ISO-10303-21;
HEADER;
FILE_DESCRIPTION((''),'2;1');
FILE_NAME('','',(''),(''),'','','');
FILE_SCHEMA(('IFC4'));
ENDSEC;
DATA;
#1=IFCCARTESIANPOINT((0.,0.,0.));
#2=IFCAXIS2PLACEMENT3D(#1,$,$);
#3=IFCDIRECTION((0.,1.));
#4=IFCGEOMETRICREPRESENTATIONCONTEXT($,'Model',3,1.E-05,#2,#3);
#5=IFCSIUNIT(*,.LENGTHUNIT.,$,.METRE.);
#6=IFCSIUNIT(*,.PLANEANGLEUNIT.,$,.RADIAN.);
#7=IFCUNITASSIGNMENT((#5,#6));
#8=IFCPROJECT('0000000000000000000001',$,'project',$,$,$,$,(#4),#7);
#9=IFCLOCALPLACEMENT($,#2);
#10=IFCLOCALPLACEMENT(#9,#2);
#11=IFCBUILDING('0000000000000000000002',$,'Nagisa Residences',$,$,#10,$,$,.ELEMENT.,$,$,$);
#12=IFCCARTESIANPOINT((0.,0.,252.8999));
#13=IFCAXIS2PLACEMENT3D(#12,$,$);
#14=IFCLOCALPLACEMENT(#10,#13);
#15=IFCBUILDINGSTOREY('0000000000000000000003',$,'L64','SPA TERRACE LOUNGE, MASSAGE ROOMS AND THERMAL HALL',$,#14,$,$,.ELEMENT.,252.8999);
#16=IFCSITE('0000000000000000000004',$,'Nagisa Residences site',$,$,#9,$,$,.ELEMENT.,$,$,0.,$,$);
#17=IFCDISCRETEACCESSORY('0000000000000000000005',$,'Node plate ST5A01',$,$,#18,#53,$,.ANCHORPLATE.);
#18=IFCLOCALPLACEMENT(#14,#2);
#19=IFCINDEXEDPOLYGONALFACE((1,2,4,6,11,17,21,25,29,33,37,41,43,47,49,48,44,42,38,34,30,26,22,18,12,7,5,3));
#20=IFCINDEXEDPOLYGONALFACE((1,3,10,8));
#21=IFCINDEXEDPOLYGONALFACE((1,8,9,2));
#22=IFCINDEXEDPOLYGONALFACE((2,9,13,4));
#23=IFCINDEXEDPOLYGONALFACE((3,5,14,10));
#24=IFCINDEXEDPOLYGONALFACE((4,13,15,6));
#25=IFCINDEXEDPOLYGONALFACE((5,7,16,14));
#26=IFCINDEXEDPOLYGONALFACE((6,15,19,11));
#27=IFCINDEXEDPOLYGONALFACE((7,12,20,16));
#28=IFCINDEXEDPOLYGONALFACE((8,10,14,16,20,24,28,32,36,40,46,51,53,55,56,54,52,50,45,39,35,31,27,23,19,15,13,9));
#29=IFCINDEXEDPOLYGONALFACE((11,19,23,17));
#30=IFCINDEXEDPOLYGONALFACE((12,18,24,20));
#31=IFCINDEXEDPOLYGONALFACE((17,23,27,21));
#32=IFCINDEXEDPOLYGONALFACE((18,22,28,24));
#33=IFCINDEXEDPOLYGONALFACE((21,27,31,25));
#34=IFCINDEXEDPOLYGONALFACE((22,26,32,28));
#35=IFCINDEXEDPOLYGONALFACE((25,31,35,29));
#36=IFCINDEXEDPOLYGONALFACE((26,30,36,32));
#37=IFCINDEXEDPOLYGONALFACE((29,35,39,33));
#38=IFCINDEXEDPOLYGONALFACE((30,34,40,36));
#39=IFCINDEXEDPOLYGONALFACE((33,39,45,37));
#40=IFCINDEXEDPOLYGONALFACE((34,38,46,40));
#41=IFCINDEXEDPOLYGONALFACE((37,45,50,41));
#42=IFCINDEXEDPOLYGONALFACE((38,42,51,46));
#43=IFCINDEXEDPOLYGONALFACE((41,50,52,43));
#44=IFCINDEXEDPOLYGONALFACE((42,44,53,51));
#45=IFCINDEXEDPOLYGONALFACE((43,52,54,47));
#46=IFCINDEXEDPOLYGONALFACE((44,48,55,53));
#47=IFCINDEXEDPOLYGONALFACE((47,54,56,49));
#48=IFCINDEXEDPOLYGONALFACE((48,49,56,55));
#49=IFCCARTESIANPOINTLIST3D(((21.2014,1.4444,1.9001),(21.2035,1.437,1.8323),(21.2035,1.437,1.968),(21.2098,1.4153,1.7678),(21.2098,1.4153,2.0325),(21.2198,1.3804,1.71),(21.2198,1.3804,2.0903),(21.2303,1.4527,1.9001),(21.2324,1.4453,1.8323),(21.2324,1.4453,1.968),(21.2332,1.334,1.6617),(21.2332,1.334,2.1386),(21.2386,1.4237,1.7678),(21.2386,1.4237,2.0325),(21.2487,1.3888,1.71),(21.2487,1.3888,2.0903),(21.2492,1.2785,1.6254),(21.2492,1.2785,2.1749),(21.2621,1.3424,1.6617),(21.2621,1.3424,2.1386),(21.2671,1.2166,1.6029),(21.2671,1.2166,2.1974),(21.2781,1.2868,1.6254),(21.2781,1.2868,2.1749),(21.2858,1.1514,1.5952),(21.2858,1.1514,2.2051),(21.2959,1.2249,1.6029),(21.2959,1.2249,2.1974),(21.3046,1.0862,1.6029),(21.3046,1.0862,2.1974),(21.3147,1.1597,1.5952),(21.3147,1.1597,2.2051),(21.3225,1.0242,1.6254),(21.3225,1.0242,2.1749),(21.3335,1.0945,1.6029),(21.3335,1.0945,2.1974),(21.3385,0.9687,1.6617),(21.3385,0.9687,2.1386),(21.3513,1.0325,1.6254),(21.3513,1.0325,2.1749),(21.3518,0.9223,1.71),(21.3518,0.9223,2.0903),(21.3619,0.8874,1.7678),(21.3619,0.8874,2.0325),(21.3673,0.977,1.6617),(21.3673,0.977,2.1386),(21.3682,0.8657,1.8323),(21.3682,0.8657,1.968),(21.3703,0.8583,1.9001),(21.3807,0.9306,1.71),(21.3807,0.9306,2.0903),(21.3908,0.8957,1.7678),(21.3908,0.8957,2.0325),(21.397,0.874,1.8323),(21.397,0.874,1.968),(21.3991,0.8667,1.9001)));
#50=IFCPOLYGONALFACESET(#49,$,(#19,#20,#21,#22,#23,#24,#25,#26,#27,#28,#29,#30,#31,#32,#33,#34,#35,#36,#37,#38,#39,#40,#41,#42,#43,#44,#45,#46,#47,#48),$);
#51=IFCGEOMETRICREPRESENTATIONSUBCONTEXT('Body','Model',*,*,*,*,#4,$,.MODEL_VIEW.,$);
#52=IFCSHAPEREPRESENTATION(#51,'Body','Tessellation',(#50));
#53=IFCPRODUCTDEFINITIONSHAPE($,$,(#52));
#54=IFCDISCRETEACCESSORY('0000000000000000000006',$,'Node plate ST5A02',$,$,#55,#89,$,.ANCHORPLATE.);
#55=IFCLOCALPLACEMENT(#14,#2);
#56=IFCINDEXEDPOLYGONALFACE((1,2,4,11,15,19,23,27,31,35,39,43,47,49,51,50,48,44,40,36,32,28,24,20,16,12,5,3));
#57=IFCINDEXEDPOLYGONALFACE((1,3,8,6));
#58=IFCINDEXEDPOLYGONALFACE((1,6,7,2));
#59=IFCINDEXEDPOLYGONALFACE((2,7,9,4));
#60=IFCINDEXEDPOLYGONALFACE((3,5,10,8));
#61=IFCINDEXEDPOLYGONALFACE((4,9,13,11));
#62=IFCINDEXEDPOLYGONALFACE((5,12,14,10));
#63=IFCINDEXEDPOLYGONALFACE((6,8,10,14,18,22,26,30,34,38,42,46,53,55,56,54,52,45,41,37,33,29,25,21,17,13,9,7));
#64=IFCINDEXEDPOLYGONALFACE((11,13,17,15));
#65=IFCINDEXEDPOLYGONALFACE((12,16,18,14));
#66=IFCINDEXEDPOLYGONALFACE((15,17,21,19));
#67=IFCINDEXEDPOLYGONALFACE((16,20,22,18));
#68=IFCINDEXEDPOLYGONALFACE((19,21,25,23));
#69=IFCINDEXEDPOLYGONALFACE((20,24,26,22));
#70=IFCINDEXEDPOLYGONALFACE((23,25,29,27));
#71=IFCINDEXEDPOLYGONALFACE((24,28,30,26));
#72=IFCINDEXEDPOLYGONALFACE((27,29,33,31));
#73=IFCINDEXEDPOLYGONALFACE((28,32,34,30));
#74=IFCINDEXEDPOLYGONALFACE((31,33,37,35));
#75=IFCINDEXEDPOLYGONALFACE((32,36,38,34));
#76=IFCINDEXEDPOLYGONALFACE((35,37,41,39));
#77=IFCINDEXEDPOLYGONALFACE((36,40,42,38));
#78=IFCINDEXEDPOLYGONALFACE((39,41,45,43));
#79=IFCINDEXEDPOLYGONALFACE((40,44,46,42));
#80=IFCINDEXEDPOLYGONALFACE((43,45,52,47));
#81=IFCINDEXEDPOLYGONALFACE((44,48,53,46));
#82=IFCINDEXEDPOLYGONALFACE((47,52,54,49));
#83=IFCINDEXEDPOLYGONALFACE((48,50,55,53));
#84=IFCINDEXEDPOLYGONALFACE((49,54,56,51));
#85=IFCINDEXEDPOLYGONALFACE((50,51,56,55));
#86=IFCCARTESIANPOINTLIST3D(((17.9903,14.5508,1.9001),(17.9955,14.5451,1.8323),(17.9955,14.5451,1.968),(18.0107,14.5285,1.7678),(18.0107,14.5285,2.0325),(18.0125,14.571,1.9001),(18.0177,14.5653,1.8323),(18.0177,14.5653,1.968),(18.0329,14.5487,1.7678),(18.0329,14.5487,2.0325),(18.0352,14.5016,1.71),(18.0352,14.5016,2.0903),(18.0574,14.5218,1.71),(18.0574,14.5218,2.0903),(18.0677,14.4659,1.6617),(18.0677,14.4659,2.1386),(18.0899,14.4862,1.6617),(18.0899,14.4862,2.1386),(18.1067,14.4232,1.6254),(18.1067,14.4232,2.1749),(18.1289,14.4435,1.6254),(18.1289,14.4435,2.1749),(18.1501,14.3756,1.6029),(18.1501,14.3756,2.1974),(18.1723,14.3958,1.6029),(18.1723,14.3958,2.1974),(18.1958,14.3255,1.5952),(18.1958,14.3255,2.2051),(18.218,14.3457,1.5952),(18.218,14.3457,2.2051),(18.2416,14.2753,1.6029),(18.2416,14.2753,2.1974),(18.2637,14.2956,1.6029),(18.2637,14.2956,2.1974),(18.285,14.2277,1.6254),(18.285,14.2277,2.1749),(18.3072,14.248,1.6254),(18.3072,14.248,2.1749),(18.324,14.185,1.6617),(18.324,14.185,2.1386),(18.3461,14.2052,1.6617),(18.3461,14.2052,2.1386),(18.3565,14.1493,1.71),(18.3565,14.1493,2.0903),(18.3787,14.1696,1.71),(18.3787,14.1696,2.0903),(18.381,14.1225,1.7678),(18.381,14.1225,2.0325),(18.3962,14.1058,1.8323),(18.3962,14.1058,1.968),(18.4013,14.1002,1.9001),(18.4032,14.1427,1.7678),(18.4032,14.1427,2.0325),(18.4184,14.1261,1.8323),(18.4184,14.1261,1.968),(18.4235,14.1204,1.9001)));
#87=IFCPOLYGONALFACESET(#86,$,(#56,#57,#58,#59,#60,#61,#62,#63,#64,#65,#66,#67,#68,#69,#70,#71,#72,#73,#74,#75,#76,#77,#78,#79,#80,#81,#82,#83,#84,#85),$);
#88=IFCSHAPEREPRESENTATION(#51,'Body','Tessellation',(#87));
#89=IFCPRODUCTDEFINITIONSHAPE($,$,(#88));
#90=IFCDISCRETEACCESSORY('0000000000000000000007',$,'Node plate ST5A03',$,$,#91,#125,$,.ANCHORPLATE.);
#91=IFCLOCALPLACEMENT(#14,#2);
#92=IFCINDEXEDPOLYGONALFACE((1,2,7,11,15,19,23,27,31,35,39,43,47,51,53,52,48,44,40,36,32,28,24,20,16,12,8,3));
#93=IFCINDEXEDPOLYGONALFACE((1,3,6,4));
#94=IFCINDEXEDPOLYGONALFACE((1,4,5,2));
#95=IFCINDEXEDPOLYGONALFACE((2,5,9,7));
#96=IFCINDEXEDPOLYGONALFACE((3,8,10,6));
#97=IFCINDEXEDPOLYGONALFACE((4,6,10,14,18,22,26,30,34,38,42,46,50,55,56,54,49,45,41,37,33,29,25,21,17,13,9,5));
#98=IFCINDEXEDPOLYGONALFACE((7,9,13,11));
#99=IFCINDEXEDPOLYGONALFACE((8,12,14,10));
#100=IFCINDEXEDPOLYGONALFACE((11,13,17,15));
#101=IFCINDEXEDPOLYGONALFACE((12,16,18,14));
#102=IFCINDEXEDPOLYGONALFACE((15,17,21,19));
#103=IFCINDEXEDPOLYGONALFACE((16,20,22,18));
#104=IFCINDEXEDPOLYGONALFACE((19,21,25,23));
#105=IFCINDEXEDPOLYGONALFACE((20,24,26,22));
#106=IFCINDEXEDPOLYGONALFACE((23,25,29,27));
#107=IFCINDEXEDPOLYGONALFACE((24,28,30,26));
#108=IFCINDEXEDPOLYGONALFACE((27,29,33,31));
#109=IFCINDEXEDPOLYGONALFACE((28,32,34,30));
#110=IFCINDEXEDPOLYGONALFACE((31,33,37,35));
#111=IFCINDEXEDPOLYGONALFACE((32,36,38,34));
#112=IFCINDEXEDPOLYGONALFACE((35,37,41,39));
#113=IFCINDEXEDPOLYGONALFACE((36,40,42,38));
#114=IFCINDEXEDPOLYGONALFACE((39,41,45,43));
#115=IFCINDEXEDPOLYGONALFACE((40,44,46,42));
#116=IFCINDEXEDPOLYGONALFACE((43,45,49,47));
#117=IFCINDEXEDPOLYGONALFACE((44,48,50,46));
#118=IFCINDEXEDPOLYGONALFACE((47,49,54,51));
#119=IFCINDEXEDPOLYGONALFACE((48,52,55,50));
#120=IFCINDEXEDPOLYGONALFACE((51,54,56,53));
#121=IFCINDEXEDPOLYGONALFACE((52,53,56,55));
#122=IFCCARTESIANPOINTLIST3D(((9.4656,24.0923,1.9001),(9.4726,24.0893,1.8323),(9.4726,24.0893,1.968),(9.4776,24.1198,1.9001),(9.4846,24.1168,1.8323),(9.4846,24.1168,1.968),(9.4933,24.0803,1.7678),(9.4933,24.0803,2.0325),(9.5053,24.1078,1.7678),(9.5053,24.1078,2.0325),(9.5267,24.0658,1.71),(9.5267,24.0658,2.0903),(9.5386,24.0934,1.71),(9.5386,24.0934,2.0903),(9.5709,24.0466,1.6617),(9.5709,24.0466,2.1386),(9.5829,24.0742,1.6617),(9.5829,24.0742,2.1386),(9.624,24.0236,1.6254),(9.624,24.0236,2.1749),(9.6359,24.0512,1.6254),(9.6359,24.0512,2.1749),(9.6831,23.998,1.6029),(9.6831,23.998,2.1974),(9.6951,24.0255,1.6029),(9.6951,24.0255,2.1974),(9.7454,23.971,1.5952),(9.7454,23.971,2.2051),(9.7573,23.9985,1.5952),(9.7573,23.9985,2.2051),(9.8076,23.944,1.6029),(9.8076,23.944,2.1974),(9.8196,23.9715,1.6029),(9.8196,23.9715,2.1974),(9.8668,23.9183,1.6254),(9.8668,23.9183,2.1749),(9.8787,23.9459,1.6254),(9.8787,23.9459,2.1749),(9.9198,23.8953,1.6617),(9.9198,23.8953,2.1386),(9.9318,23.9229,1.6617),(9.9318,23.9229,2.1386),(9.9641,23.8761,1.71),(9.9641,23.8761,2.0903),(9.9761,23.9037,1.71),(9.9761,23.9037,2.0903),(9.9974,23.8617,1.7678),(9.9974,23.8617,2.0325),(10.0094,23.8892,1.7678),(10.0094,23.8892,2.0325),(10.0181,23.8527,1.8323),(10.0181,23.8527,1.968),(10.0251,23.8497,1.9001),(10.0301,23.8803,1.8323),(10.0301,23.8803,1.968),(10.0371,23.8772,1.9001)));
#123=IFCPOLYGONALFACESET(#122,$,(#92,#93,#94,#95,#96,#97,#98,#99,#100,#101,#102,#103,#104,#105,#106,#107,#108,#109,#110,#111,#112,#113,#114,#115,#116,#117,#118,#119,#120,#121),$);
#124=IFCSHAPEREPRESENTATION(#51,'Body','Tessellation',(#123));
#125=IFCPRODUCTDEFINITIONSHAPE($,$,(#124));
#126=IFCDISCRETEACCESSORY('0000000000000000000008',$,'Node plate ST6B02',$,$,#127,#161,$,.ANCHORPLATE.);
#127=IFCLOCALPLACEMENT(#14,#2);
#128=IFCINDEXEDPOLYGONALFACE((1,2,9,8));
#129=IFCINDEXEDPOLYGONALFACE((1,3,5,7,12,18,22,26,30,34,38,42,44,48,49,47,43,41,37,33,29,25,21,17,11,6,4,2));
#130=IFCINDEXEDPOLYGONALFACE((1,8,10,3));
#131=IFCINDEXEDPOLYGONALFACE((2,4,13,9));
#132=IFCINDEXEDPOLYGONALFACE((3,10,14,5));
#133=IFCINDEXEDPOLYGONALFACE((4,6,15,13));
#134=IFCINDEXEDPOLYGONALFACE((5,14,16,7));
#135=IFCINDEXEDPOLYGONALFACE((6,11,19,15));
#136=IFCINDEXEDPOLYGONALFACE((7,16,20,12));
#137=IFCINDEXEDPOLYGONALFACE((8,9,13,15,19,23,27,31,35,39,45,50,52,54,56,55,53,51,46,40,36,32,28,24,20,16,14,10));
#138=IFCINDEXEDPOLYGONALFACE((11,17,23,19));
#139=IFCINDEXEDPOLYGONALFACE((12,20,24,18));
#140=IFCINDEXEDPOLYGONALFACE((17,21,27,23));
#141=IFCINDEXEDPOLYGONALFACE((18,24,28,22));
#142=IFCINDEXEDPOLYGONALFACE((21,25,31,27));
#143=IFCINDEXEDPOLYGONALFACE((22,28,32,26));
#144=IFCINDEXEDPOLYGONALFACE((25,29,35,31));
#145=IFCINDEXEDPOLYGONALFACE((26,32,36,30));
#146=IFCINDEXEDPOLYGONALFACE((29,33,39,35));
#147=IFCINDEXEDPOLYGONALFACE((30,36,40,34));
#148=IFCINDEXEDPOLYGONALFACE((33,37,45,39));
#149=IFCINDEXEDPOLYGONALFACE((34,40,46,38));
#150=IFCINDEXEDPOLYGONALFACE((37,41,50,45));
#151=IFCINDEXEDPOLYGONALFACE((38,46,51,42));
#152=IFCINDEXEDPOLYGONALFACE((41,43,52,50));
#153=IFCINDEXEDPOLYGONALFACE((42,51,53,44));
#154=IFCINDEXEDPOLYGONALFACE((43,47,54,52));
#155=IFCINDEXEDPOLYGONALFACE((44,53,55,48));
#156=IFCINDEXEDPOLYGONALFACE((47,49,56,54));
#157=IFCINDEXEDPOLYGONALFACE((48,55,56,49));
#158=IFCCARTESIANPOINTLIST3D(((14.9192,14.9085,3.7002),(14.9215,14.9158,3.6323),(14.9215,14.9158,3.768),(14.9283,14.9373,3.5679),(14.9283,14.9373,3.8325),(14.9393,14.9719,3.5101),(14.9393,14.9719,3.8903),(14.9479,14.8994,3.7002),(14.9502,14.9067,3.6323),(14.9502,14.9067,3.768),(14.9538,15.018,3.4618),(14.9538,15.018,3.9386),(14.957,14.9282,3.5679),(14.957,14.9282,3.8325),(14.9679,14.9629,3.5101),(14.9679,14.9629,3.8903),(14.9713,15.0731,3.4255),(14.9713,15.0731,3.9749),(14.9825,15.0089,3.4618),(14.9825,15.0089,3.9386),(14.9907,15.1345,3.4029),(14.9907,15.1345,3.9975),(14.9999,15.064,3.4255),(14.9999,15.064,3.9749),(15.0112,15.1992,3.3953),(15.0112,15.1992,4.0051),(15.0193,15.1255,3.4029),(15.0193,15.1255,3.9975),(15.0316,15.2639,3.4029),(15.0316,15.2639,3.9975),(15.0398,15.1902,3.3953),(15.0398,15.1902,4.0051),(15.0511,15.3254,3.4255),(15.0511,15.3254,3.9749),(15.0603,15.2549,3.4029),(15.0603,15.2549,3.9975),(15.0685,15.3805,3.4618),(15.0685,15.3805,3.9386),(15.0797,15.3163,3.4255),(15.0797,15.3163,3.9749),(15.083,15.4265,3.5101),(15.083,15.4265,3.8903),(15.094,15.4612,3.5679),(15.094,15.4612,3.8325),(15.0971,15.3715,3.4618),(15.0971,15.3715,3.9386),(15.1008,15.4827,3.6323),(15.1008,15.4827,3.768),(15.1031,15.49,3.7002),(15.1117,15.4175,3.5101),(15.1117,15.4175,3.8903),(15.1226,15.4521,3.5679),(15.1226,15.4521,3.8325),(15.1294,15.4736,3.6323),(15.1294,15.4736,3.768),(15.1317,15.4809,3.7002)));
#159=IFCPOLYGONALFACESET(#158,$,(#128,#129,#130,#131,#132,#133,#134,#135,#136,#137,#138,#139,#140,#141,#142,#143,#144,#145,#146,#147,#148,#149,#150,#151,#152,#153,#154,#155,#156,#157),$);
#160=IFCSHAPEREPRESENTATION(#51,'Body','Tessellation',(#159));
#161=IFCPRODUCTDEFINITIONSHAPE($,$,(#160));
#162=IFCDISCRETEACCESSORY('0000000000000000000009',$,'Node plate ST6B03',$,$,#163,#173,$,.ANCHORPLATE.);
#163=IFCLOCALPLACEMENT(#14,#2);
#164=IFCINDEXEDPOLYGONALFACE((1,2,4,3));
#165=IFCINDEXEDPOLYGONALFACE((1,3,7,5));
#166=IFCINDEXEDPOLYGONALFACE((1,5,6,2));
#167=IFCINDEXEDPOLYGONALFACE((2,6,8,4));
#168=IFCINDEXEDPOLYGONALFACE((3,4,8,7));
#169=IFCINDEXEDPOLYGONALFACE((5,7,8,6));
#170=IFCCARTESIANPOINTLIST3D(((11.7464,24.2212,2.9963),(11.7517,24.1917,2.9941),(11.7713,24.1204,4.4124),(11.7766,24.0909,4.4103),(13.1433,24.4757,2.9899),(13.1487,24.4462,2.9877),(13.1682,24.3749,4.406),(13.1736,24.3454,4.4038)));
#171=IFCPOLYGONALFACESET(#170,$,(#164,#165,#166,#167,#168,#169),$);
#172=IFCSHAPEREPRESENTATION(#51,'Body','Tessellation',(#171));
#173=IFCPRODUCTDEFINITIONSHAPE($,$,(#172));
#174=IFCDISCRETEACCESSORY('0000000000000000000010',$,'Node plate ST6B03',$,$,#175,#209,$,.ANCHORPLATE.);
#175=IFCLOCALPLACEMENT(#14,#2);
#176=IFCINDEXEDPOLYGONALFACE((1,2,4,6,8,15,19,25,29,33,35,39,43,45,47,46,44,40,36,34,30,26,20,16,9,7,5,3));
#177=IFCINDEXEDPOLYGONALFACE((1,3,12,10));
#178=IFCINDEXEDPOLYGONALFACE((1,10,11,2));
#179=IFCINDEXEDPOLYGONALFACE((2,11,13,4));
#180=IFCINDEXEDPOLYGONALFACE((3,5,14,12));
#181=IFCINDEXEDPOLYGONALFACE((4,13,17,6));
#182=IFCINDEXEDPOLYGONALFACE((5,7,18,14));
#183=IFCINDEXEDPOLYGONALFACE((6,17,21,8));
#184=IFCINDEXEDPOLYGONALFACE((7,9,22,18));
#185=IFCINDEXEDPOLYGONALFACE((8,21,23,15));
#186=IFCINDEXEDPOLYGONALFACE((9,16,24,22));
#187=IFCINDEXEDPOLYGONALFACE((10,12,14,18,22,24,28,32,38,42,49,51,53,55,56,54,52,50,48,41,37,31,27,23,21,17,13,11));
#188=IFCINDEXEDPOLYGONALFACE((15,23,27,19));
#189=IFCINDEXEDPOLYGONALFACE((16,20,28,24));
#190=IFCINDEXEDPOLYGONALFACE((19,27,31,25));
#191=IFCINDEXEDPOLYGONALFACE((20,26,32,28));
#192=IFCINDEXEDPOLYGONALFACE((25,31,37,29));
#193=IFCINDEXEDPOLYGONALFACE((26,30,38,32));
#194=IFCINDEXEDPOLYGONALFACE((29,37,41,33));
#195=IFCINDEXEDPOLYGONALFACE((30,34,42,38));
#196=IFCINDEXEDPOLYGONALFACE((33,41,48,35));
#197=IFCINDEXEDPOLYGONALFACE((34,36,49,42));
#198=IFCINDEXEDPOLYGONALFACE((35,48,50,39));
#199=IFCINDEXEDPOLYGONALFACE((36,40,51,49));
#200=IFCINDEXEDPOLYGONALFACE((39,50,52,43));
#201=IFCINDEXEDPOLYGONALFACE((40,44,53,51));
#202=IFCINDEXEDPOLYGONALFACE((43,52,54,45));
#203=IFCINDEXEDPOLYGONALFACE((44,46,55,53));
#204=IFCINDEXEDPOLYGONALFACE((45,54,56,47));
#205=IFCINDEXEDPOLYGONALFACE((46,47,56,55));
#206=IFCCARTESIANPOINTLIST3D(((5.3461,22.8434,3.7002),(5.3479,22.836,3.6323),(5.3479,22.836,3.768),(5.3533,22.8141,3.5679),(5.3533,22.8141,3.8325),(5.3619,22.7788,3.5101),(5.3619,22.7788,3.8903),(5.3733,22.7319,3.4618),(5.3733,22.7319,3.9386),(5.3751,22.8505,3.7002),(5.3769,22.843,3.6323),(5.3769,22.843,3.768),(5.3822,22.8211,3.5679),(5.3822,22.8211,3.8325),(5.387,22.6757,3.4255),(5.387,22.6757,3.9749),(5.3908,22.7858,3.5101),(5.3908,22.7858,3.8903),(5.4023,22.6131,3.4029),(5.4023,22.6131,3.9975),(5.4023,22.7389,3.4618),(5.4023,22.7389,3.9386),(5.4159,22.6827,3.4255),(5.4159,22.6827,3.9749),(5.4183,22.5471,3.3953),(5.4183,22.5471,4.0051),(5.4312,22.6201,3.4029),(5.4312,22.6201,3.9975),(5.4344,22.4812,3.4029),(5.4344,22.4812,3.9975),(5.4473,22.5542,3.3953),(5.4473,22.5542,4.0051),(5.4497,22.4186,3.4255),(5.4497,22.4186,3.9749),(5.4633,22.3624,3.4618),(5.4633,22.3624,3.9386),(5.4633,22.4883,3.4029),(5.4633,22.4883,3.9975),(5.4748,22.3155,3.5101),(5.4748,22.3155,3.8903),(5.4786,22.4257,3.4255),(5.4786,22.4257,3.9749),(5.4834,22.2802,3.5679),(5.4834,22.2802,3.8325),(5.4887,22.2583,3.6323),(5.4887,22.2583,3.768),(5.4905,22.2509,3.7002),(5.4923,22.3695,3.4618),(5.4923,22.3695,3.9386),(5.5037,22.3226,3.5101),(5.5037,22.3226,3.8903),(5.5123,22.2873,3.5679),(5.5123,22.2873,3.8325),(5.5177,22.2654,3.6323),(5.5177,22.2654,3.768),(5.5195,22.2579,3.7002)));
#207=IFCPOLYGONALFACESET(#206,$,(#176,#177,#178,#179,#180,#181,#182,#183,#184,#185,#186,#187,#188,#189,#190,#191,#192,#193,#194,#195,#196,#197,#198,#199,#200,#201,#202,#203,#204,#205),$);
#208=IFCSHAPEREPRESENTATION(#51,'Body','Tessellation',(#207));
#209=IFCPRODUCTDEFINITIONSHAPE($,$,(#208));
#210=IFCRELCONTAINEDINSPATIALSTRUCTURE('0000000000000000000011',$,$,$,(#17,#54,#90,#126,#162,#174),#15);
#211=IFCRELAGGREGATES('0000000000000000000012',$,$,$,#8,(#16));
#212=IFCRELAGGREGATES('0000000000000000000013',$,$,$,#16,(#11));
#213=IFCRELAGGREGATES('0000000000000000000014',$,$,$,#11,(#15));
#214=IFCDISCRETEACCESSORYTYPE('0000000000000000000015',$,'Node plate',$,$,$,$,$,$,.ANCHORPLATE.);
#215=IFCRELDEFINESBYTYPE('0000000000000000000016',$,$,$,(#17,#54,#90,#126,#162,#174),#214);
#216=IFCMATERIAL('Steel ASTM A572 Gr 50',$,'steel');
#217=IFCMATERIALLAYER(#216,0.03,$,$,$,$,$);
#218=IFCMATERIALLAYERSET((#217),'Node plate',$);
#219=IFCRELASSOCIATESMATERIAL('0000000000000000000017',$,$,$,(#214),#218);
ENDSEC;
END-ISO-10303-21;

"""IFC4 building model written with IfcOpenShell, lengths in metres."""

from ifc_helpers import new_model, si_unit, direction, frame, origin, origin_2d, place, context, subcontext, project, spatial, rectangle, circle, extrude, material, layer, layer_set, type_object, element, save


model = new_model("IFC4")

# Units and contexts
model_context = context("Model", 3, precision=1e-05, world=origin(), true_north=direction((0.0, 1.0)))
body_context = subcontext(model_context, "Body", "Model", "MODEL_VIEW")
ifc_project = project(units=[si_unit("LENGTHUNIT", "METRE"), si_unit("PLANEANGLEUNIT", "RADIAN")], contexts=[model_context])

# Site, building, storey
site_placement = place(None, origin())
site = spatial("IfcSite", under=ifc_project, at=site_placement, Name="Nagisa Residences site", CompositionType="ELEMENT", RefElevation=0.0)
building_placement = place(site_placement, origin())
building = spatial("IfcBuilding", under=site, at=building_placement, Name="Nagisa Residences", CompositionType="ELEMENT")
storey_placement = place(building_placement, frame((0.0, 0.0, 252.8999)))
storey = spatial("IfcBuildingStorey", under=building, at=storey_placement, Name="L64", Description="SPA TERRACE LOUNGE, MASSAGE ROOMS AND THERMAL HALL", CompositionType="ELEMENT", Elevation=252.8999)

# Discrete accessories
ifc_material_1 = material(Name="Steel ASTM A572 Gr 50", Category="steel")
ifc_layer_1 = layer(ifc_material_1, 0.03)
ifc_layer_set_1 = layer_set([ifc_layer_1], Name="Node plate")
discrete_accessory_type = type_object("IfcDiscreteAccessoryType", Name="Node plate", PredefinedType="ANCHORPLATE", material=ifc_layer_set_1)
for number, where, z_axis, x_axis, name in (
    (1, (21.3147, 1.1597, 1.9001), (-0.960907, -0.276871, 0.0), (0.276871, -0.960907, 0.0), "Node plate ST5A01"),
    (2, (18.218, 14.3457, 1.9001), (-0.738837, -0.673884, 0.0), (0.673884, -0.738837, 0.0), "Node plate ST5A02"),
    (3, (9.7573, 23.9985, 1.9001), (-0.397835, -0.917457, 0.0), (0.917457, -0.397835, 0.0), "Node plate ST5A03"),
    (4, (15.0398, 15.1902, 3.7002), (-0.953459, 0.301521, 0.0), (-0.301521, -0.953459, 0.0), "Node plate ST6B02"),
):
    element("IfcDiscreteAccessory", number, at=place(storey_placement, frame(where, z_axis=z_axis, x_axis=x_axis)), inside=storey, type_object=discrete_accessory_type, Name=name, PredefinedType="ANCHORPLATE", context=body_context, shape_type="SweptSolid", body=[
        extrude(circle(Radius=0.3049, at=origin_2d()), origin(), (0.0, 0.0, 1.0), 0.03),
    ])
discrete_accessory_1_placement = place(storey_placement, frame((12.4626, 24.2686, 3.699), z_axis=(-0.178408, 0.981246, 0.072985), x_axis=(-0.9838, -0.17921, 0.004537)))
element("IfcDiscreteAccessory", 5, at=discrete_accessory_1_placement, inside=storey, type_object=discrete_accessory_type, Name="Node plate ST6B03", PredefinedType="ANCHORPLATE", context=body_context, shape_type="SweptSolid", body=[
    extrude(rectangle(XDim=1.4199, YDim=1.4199, at=origin_2d()), origin(), (0.0, 0.0, 1.0), 0.03),
])
discrete_accessory_2_placement = place(storey_placement, frame((5.4473, 22.5542, 3.7002), z_axis=(-0.971566, -0.236768, 0.0), x_axis=(0.236768, -0.971566, 0.0)))
element("IfcDiscreteAccessory", 6, at=discrete_accessory_2_placement, inside=storey, type_object=discrete_accessory_type, Name="Node plate ST6B03", PredefinedType="ANCHORPLATE", context=body_context, shape_type="SweptSolid", body=[
    extrude(circle(Radius=0.3049, at=origin_2d()), origin(), (0.0, 0.0, 1.0), 0.0298),
])

save(model, "model.ifc")
